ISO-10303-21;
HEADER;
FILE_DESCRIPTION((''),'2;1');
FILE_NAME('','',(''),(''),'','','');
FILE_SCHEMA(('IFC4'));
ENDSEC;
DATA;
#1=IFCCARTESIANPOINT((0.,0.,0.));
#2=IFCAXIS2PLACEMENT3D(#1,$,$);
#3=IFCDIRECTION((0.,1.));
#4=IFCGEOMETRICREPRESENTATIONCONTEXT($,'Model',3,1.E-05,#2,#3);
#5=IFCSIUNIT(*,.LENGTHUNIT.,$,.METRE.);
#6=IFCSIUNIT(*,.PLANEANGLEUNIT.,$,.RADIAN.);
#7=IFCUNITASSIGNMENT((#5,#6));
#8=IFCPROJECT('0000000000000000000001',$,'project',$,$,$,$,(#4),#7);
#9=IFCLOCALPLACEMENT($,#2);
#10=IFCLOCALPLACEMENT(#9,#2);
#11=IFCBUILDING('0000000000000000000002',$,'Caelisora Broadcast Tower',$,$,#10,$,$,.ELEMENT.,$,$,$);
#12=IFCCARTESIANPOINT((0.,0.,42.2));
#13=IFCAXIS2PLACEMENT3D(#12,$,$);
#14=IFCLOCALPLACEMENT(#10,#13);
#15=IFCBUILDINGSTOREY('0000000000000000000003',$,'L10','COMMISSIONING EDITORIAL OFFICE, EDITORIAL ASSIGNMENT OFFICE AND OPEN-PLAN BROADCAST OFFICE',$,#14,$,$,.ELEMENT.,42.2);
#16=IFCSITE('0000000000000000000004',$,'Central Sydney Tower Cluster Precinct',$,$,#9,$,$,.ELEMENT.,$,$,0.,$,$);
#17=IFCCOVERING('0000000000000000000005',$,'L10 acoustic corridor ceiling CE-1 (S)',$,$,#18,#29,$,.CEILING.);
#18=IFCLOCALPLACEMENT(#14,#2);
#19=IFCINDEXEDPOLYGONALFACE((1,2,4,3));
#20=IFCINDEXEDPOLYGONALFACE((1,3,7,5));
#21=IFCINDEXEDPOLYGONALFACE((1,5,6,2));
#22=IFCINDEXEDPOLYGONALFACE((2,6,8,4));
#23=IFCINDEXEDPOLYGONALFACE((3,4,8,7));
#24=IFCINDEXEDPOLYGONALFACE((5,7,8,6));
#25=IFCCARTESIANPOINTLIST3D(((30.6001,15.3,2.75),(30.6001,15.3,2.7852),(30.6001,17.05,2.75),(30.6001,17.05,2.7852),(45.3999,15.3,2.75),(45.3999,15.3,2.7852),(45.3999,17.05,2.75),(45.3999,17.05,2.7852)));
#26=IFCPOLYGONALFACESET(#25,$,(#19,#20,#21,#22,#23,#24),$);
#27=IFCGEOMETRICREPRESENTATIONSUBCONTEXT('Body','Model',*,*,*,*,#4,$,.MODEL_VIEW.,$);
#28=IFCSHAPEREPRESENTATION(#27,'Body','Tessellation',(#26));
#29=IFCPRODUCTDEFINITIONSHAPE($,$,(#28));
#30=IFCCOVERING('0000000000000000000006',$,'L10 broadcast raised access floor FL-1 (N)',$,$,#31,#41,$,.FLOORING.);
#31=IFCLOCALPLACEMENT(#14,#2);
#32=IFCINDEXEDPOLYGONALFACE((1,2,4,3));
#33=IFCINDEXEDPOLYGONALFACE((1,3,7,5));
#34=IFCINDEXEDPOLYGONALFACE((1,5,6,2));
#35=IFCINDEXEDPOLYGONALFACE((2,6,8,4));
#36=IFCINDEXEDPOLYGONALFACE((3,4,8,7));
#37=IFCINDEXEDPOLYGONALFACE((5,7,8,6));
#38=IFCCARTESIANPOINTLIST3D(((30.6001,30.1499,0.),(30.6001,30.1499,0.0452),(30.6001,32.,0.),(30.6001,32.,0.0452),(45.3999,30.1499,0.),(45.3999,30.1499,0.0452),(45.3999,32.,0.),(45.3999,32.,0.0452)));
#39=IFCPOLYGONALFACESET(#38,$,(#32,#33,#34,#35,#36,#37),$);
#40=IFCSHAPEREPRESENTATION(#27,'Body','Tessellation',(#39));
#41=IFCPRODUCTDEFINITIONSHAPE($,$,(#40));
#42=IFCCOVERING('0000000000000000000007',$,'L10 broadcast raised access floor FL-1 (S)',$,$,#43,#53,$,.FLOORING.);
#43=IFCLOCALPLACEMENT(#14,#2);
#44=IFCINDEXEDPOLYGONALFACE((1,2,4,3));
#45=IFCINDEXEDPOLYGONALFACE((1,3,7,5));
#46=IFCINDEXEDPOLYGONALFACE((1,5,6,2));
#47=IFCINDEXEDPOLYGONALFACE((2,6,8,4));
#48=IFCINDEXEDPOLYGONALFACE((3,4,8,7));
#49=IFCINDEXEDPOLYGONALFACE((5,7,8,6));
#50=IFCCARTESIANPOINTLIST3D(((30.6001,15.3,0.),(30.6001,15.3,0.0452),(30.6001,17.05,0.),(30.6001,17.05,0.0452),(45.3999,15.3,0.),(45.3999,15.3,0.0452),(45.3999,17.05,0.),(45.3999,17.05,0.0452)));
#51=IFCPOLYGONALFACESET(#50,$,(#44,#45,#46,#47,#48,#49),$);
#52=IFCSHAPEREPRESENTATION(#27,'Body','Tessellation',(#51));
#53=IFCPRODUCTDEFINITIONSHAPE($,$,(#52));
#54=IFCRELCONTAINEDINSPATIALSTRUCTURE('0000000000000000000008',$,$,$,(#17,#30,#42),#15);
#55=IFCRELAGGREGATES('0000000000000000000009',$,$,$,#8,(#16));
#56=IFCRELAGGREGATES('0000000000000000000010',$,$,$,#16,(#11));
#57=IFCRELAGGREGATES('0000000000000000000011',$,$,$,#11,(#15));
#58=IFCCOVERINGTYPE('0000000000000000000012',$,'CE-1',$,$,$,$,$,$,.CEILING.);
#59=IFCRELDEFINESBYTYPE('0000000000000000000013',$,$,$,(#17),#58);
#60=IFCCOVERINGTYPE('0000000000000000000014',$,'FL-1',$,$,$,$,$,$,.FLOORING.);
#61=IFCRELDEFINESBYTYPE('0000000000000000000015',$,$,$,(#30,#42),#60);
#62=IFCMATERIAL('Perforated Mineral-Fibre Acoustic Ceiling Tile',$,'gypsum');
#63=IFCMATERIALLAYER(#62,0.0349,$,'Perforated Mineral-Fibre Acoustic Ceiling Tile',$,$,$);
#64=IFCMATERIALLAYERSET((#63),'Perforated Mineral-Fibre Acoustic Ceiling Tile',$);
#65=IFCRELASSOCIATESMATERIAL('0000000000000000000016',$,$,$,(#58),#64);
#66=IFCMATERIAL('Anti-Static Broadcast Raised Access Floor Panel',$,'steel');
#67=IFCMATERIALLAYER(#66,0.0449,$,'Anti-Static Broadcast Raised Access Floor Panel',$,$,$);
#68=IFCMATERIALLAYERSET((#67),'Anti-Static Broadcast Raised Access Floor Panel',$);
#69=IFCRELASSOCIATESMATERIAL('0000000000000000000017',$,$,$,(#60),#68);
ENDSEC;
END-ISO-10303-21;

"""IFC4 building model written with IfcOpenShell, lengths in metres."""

from ifc_helpers import new_model, si_unit, direction, frame, origin, place, context, subcontext, project, spatial, polyline, outline, extrude, material, layer, layer_set, type_object, element, save


model = new_model("IFC4")

# Units and contexts
model_context = context("Model", 3, precision=1e-05, world=origin(), true_north=direction((0.0, 1.0)))
body_context = subcontext(model_context, "Body", "Model", "MODEL_VIEW")
ifc_project = project(units=[si_unit("LENGTHUNIT", "METRE"), si_unit("PLANEANGLEUNIT", "RADIAN")], contexts=[model_context])

# Site, building, storey
site_placement = place(None, origin())
site = spatial("IfcSite", under=ifc_project, at=site_placement, Name="Central Sydney Tower Cluster Precinct", CompositionType="ELEMENT", RefElevation=0.0)
building_placement = place(site_placement, origin())
building = spatial("IfcBuilding", under=site, at=building_placement, Name="Caelisora Broadcast Tower", CompositionType="ELEMENT")
storey_placement = place(building_placement, frame((0.0, 0.0, 42.2)))
storey = spatial("IfcBuildingStorey", under=building, at=storey_placement, Name="L10", Description="COMMISSIONING EDITORIAL OFFICE, EDITORIAL ASSIGNMENT OFFICE AND OPEN-PLAN BROADCAST OFFICE", CompositionType="ELEMENT", Elevation=42.2)

# Coverings
ifc_material_1 = material(Name="Perforated Mineral-Fibre Acoustic Ceiling Tile", Category="gypsum")
ifc_layer_1 = layer(ifc_material_1, 0.0349, Name="Perforated Mineral-Fibre Acoustic Ceiling Tile")
ifc_layer_set_1 = layer_set([ifc_layer_1], Name="Perforated Mineral-Fibre Acoustic Ceiling Tile")
covering_type_1 = type_object("IfcCoveringType", Name="CE-1", PredefinedType="CEILING", material=ifc_layer_set_1)
covering_1_placement = place(storey_placement, frame((0.0, 0.0, 2.75)))
element("IfcCovering", 1, at=covering_1_placement, inside=storey, type_object=covering_type_1, Name="L10 acoustic corridor ceiling CE-1 (S)", PredefinedType="CEILING", context=body_context, shape_type="SweptSolid", body=[
    extrude(outline(polyline([(30.6001, 15.3), (45.3999, 15.3), (45.3999, 17.05), (30.6001, 17.05), (30.6001, 15.3)])), origin(), (0.0, 0.0, 1.0), 0.0352),
])
ifc_material_2 = material(Name="Anti-Static Broadcast Raised Access Floor Panel", Category="steel")
ifc_layer_2 = layer(ifc_material_2, 0.0449, Name="Anti-Static Broadcast Raised Access Floor Panel")
ifc_layer_set_2 = layer_set([ifc_layer_2], Name="Anti-Static Broadcast Raised Access Floor Panel")
covering_type_2 = type_object("IfcCoveringType", Name="FL-1", PredefinedType="FLOORING", material=ifc_layer_set_2)
covering_2_placement = place(storey_placement, origin())
element("IfcCovering", 2, at=covering_2_placement, inside=storey, type_object=covering_type_2, Name="L10 broadcast raised access floor FL-1 (N)", PredefinedType="FLOORING", context=body_context, shape_type="SweptSolid", body=[
    extrude(outline(polyline([(30.6001, 30.1499), (45.3999, 30.1499), (45.3999, 32.0), (30.6001, 32.0), (30.6001, 30.1499)])), origin(), (0.0, 0.0, 1.0), 0.0452),
])
covering_3_placement = place(storey_placement, origin())
element("IfcCovering", 3, at=covering_3_placement, inside=storey, type_object=covering_type_2, Name="L10 broadcast raised access floor FL-1 (S)", PredefinedType="FLOORING", context=body_context, shape_type="SweptSolid", body=[
    extrude(outline(polyline([(30.6001, 15.3), (45.3999, 15.3), (45.3999, 17.05), (30.6001, 17.05), (30.6001, 15.3)])), origin(), (0.0, 0.0, 1.0), 0.0452),
])

save(model, "model.ifc")
